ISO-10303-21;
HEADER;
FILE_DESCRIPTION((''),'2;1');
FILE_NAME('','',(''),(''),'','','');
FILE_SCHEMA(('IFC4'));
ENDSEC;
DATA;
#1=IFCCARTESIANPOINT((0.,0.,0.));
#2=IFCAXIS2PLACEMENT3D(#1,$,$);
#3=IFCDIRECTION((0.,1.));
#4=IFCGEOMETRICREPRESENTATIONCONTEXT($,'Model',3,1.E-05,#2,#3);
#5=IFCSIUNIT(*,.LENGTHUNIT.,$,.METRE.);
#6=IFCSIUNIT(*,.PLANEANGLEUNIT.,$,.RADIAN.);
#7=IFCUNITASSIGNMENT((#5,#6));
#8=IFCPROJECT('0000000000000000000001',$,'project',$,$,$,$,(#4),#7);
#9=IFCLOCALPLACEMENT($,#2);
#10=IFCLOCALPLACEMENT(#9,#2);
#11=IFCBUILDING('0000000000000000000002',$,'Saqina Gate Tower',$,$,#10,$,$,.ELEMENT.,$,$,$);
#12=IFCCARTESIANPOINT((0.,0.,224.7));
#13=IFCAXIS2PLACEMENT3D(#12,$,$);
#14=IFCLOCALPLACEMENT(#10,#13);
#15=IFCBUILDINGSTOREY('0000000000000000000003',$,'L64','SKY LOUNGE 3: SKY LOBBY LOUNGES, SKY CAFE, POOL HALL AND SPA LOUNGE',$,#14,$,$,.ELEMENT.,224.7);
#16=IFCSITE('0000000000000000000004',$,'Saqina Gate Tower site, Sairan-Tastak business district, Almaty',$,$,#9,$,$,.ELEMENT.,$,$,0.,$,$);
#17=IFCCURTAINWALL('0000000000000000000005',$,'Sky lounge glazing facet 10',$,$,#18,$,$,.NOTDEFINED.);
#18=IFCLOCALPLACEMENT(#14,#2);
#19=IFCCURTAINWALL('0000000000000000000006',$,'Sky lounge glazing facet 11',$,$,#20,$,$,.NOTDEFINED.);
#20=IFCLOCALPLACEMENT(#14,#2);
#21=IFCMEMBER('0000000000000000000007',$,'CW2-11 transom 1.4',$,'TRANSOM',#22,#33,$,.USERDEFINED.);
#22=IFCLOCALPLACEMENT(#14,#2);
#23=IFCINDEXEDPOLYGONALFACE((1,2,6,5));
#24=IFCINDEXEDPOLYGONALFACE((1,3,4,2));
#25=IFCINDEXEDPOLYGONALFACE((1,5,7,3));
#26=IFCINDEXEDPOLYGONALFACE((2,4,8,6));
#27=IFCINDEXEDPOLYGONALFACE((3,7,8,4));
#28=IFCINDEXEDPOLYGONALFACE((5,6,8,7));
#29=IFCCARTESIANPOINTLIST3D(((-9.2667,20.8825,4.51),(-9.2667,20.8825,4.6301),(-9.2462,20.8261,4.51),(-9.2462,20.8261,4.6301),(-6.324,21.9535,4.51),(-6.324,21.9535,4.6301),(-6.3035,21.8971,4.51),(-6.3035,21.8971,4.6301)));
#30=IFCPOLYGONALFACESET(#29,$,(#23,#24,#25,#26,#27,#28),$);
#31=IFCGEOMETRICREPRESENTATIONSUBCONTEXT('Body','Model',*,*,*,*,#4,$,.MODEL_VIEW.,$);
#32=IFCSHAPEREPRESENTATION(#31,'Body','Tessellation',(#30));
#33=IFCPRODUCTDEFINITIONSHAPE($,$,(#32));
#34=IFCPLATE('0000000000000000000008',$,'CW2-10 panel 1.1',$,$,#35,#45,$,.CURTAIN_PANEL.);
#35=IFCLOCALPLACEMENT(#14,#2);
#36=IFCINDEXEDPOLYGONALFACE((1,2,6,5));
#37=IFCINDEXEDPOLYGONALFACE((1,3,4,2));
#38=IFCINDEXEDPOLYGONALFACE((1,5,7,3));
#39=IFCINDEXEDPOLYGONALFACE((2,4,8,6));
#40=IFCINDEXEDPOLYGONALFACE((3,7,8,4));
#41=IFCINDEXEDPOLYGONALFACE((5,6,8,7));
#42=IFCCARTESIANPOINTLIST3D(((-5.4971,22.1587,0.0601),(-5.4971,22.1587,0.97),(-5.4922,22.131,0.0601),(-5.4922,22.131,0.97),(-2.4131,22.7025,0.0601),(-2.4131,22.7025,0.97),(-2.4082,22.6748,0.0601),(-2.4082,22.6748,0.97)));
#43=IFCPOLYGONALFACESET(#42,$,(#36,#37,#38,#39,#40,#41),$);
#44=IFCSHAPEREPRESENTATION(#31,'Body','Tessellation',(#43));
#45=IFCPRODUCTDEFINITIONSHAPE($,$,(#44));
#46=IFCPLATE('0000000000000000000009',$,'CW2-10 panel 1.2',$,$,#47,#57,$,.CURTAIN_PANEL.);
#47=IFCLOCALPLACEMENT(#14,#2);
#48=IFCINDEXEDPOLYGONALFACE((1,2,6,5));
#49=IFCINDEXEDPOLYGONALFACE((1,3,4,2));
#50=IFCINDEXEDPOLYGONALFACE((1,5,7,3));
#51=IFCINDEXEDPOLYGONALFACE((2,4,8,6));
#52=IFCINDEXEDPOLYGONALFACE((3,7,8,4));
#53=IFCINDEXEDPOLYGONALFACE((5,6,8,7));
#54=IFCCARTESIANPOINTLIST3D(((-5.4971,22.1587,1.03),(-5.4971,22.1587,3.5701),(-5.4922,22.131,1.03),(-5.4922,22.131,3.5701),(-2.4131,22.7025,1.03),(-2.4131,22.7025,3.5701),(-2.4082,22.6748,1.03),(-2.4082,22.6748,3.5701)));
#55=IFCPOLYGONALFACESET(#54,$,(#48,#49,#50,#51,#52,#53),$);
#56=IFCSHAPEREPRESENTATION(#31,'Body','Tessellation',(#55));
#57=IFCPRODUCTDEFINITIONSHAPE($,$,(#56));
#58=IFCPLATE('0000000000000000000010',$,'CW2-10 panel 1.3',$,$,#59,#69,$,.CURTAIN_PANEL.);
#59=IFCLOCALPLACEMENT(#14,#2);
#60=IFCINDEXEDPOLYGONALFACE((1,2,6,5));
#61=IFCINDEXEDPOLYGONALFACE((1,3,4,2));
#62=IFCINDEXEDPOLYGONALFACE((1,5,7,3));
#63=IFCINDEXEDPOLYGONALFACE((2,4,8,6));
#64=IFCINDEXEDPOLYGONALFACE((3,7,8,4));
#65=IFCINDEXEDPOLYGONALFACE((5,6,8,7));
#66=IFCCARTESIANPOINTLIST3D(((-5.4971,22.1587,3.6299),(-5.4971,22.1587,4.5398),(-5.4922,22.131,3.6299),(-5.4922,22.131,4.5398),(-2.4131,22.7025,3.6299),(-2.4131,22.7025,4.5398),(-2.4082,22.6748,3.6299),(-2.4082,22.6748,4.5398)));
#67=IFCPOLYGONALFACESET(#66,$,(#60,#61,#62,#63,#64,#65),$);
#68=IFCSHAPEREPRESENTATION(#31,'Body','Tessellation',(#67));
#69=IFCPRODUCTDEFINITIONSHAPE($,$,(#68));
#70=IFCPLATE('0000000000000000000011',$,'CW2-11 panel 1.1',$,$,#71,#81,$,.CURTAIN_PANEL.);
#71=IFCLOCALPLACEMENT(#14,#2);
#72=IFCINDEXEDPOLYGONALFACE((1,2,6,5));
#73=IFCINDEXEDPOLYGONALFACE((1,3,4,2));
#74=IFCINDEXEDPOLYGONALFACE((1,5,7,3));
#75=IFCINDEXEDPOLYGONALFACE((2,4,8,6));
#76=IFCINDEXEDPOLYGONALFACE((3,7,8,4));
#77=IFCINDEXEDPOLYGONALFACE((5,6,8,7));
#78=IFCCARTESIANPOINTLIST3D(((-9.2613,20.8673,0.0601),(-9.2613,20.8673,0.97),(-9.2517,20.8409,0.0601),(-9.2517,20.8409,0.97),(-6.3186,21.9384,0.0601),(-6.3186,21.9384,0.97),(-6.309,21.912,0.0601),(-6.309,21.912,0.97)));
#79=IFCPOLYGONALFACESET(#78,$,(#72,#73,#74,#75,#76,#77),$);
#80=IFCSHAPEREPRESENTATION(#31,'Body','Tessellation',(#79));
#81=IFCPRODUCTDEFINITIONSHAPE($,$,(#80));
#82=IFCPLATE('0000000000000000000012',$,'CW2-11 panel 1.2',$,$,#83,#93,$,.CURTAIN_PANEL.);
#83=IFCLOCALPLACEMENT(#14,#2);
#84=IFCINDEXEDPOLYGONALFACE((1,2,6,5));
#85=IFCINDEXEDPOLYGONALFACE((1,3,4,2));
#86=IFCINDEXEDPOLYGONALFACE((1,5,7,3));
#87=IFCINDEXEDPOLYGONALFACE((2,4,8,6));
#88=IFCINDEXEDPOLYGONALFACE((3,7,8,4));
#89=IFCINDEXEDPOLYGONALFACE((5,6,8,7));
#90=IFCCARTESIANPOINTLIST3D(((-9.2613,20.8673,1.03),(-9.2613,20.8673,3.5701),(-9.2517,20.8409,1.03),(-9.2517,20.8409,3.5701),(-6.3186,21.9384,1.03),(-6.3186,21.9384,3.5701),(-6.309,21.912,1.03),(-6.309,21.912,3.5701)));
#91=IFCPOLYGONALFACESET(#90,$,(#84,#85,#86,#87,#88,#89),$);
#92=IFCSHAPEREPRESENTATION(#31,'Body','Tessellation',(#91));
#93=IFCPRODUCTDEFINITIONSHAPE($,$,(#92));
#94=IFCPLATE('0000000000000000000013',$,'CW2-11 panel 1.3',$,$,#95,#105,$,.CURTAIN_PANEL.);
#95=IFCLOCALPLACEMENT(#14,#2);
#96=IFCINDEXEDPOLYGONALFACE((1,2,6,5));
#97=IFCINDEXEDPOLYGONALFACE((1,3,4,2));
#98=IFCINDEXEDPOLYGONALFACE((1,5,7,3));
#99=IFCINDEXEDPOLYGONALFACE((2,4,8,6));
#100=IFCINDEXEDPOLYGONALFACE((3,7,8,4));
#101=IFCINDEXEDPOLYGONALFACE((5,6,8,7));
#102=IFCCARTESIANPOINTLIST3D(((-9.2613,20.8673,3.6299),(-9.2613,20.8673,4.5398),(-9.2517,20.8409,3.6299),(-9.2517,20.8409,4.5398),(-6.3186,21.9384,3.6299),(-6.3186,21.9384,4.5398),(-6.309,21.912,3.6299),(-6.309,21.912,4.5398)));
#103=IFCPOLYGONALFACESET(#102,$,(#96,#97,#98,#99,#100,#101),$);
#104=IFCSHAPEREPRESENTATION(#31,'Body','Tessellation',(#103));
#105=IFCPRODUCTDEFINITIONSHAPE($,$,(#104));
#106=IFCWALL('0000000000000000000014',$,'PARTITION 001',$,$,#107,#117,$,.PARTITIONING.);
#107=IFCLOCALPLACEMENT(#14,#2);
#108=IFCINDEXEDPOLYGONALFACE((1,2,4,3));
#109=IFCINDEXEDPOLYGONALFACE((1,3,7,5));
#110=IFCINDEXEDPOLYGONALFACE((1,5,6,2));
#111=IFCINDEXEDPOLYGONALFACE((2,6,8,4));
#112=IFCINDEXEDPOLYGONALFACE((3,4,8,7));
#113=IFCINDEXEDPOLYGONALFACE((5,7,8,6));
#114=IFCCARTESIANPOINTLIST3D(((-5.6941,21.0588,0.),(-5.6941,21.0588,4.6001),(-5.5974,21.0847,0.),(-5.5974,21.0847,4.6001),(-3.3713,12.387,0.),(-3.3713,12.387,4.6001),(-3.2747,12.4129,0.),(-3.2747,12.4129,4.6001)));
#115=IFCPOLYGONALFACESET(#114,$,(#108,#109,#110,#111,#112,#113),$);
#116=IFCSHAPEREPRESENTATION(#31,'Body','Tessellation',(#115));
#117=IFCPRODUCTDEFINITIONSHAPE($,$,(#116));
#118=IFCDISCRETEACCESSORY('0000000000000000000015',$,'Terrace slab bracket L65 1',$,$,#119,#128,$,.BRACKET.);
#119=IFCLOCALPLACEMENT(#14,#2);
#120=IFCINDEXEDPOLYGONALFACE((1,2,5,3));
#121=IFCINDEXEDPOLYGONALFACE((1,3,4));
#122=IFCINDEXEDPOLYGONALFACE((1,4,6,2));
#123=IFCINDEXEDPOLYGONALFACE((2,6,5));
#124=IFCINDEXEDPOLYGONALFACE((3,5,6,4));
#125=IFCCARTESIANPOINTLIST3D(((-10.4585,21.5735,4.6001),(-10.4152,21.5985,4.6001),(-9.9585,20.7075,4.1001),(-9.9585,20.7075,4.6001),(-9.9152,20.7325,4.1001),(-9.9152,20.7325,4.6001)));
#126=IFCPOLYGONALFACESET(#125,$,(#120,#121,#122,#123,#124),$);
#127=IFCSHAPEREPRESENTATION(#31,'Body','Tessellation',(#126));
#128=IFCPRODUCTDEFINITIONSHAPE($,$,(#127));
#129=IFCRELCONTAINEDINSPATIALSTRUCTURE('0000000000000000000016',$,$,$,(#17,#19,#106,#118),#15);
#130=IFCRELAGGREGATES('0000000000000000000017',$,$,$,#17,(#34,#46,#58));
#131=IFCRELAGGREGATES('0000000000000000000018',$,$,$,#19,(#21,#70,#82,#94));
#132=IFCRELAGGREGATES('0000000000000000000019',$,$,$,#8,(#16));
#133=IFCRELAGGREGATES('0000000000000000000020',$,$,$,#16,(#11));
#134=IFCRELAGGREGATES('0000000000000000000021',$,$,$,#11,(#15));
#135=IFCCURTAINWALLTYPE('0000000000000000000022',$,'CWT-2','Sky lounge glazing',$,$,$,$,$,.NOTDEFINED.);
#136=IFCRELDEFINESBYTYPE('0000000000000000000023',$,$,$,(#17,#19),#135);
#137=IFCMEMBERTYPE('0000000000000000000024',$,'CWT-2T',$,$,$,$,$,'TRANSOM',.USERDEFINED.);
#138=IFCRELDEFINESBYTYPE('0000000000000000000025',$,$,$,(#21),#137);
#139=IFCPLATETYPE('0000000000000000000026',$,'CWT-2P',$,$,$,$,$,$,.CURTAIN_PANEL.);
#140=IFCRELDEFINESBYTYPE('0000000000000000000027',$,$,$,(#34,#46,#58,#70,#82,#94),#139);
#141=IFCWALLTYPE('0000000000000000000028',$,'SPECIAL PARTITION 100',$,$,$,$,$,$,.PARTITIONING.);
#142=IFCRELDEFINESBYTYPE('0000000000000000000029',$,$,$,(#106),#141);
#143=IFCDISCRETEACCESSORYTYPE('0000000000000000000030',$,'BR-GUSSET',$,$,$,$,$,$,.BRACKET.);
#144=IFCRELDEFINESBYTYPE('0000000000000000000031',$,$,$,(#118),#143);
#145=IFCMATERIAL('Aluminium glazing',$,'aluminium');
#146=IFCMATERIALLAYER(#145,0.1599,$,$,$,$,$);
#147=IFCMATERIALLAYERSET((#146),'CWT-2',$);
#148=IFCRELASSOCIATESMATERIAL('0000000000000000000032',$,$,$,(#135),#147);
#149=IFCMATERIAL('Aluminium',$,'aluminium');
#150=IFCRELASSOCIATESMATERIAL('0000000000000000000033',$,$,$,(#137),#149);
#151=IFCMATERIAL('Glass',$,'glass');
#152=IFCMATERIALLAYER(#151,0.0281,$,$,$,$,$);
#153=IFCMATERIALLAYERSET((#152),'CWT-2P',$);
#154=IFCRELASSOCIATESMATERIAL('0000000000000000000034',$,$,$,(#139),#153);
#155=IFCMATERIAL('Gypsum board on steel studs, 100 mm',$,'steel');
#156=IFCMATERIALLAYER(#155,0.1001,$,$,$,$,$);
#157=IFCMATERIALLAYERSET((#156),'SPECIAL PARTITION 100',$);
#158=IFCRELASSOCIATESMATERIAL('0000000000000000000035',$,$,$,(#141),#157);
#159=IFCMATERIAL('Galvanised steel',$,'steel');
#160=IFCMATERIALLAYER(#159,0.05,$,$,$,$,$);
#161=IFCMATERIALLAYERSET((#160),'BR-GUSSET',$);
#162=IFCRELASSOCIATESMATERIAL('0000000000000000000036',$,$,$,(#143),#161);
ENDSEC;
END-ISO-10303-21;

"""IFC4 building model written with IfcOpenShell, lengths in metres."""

from ifc_helpers import new_model, si_unit, direction, frame, frame_2d, origin, origin_2d, place, context, subcontext, project, spatial, polyline, rectangle, outline, extrude, material, layer, layer_set, material_profile, profile_set, type_object, element, aggregate, save


model = new_model("IFC4")

# Units and contexts
model_context = context("Model", 3, precision=1e-05, world=origin(), true_north=direction((0.0, 1.0)))
body_context = subcontext(model_context, "Body", "Model", "MODEL_VIEW")
ifc_project = project(units=[si_unit("LENGTHUNIT", "METRE"), si_unit("PLANEANGLEUNIT", "RADIAN")], contexts=[model_context])

# Site, building, storey
site_placement = place(None, origin())
site = spatial("IfcSite", under=ifc_project, at=site_placement, Name="Saqina Gate Tower site, Sairan-Tastak business district, Almaty", CompositionType="ELEMENT", RefElevation=0.0)
building_placement = place(site_placement, origin())
building = spatial("IfcBuilding", under=site, at=building_placement, Name="Saqina Gate Tower", CompositionType="ELEMENT")
storey_placement = place(building_placement, frame((0.0, 0.0, 224.7)))
storey = spatial("IfcBuildingStorey", under=building, at=storey_placement, Name="L64", Description="SKY LOUNGE 3: SKY LOBBY LOUNGES, SKY CAFE, POOL HALL AND SPA LOUNGE", CompositionType="ELEMENT", Elevation=224.7)

# Shared definitions
ifc_material_1 = material(Name="Aluminium glazing", Category="aluminium")
ifc_layer_1 = layer(ifc_material_1, 0.1599)
ifc_layer_set_1 = layer_set([ifc_layer_1], Name="CWT-2")
curtain_wall_type = type_object("IfcCurtainWallType", Name="CWT-2", Description="Sky lounge glazing", PredefinedType="NOTDEFINED", material=ifc_layer_set_1)

# Curtain walls
curtain_wall_1_placement = place(storey_placement, origin())
curtain_wall_1 = element("IfcCurtainWall", 1, at=curtain_wall_1_placement, inside=storey, type_object=curtain_wall_type, Name="Sky lounge glazing facet 10", PredefinedType="NOTDEFINED")
curtain_wall_2_placement = place(storey_placement, origin())
curtain_wall_2 = element("IfcCurtainWall", 2, at=curtain_wall_2_placement, inside=storey, type_object=curtain_wall_type, Name="Sky lounge glazing facet 11", PredefinedType="NOTDEFINED")

# Member
ifc_material_2 = material(Name="Aluminium", Category="aluminium")
ifc_material_profile_1 = material_profile(ifc_material_2, rectangle(XDim=0.0601, YDim=0.1201, at=origin_2d()), Name="Aluminium 60x120")
ifc_profile_set_1 = profile_set([ifc_material_profile_1], Name="Aluminium")
member_type_1 = type_object("IfcMemberType", Name="CWT-2T", ElementType="TRANSOM", PredefinedType="USERDEFINED", material=ifc_profile_set_1)
member_1_placement = place(storey_placement, frame((-6.3137, 21.9253, 4.5701), z_axis=(-0.9397, -0.342, 0.0), x_axis=(0.342, -0.9397, 0.0)))
member_1 = element("IfcMember", 3, at=member_1_placement, type_object=member_type_1, Name="CW2-11 transom 1.4", ObjectType="TRANSOM", PredefinedType="USERDEFINED", context=body_context, shape_type="SweptSolid", body=[
    extrude(rectangle(XDim=0.0601, YDim=0.1201, at=origin_2d()), origin(), (0.0, 0.0, 1.0), 3.1316),
])

# Plates
ifc_material_3 = material(Name="Glass", Category="glass")
ifc_layer_2 = layer(ifc_material_3, 0.0281)
ifc_layer_set_2 = layer_set([ifc_layer_2], Name="CWT-2P")
plate_type = type_object("IfcPlateType", Name="CWT-2P", PredefinedType="CURTAIN_PANEL", material=ifc_layer_set_2)
plate_1_placement = place(storey_placement, frame((-3.9526, 22.4167, 0.0601), z_axis=(0.0, 0.0, 1.0), x_axis=(-0.984805, -0.173663, 0.0)))
plate_1 = element("IfcPlate", 4, at=plate_1_placement, type_object=plate_type, Name="CW2-10 panel 1.1", PredefinedType="CURTAIN_PANEL", context=body_context, shape_type="SweptSolid", body=[
    extrude(rectangle(XDim=3.1316, YDim=0.0281, at=origin_2d()), origin(), (0.0, 0.0, 1.0), 0.9099),
])
plate_2_placement = place(storey_placement, frame((-3.9526, 22.4167, 1.03), z_axis=(0.0, 0.0, 1.0), x_axis=(-0.984805, -0.173663, 0.0)))
plate_2 = element("IfcPlate", 5, at=plate_2_placement, type_object=plate_type, Name="CW2-10 panel 1.2", PredefinedType="CURTAIN_PANEL", context=body_context, shape_type="SweptSolid", body=[
    extrude(rectangle(XDim=3.1316, YDim=0.0281, at=origin_2d()), origin(), (0.0, 0.0, 1.0), 2.54),
])
plate_3_placement = place(storey_placement, frame((-3.9526, 22.4167, 3.6299), z_axis=(0.0, 0.0, 1.0), x_axis=(-0.984805, -0.173663, 0.0)))
plate_3 = element("IfcPlate", 6, at=plate_3_placement, type_object=plate_type, Name="CW2-10 panel 1.3", PredefinedType="CURTAIN_PANEL", context=body_context, shape_type="SweptSolid", body=[
    extrude(rectangle(XDim=3.1316, YDim=0.0281, at=origin_2d()), origin(), (0.0, 0.0, 1.0), 0.9099),
])
aggregate(curtain_wall_1, [plate_1, plate_2, plate_3])
plate_4_placement = place(storey_placement, frame((-7.7852, 21.3896, 0.0601), z_axis=(0.0, 0.0, 1.0), x_axis=(-0.939697, -0.342007, 0.0)))
plate_4 = element("IfcPlate", 7, at=plate_4_placement, type_object=plate_type, Name="CW2-11 panel 1.1", PredefinedType="CURTAIN_PANEL", context=body_context, shape_type="SweptSolid", body=[
    extrude(rectangle(XDim=3.1316, YDim=0.0281, at=origin_2d()), origin(), (0.0, 0.0, 1.0), 0.9099),
])
plate_5_placement = place(storey_placement, frame((-7.7852, 21.3896, 1.03), z_axis=(0.0, 0.0, 1.0), x_axis=(-0.939697, -0.342007, 0.0)))
plate_5 = element("IfcPlate", 8, at=plate_5_placement, type_object=plate_type, Name="CW2-11 panel 1.2", PredefinedType="CURTAIN_PANEL", context=body_context, shape_type="SweptSolid", body=[
    extrude(rectangle(XDim=3.1316, YDim=0.0281, at=origin_2d()), origin(), (0.0, 0.0, 1.0), 2.54),
])
plate_6_placement = place(storey_placement, frame((-7.7852, 21.3896, 3.6299), z_axis=(0.0, 0.0, 1.0), x_axis=(-0.939697, -0.342007, 0.0)))
plate_6 = element("IfcPlate", 9, at=plate_6_placement, type_object=plate_type, Name="CW2-11 panel 1.3", PredefinedType="CURTAIN_PANEL", context=body_context, shape_type="SweptSolid", body=[
    extrude(rectangle(XDim=3.1316, YDim=0.0281, at=origin_2d()), origin(), (0.0, 0.0, 1.0), 0.9099),
])
aggregate(curtain_wall_2, [member_1, plate_4, plate_5, plate_6])

# Wall
ifc_material_4 = material(Name="Gypsum board on steel studs, 100 mm", Category="steel")
ifc_layer_3 = layer(ifc_material_4, 0.1001)
ifc_layer_set_3 = layer_set([ifc_layer_3], Name="SPECIAL PARTITION 100")
wall_type = type_object("IfcWallType", Name="SPECIAL PARTITION 100", PredefinedType="PARTITIONING", material=ifc_layer_set_3)
wall_placement = place(storey_placement, frame((-5.6458, 21.0718, 0.0), z_axis=(0.0, 0.0, 1.0), x_axis=(0.258729, -0.96595, 0.0)))
element("IfcWall", 10, at=wall_placement, inside=storey, type_object=wall_type, Name="PARTITION 001", PredefinedType="PARTITIONING", context=body_context, shape_type="SweptSolid", body=[
    extrude(rectangle(XDim=8.9775, YDim=0.1001, at=frame_2d((4.4888, 0.0))), origin(), (0.0, 0.0, 1.0), 4.6001),
])

# Discrete accessory
ifc_material_5 = material(Name="Galvanised steel", Category="steel")
ifc_layer_4 = layer(ifc_material_5, 0.05)
ifc_layer_set_4 = layer_set([ifc_layer_4], Name="BR-GUSSET")
discrete_accessory_type = type_object("IfcDiscreteAccessoryType", Name="BR-GUSSET", PredefinedType="BRACKET", material=ifc_layer_set_4)
discrete_accessory_placement = place(storey_placement, frame((-9.9585, 20.7075, 4.1001), z_axis=(-0.866011, -0.500025, 0.0), x_axis=(0.0, 0.0, 1.0)))
element("IfcDiscreteAccessory", 11, at=discrete_accessory_placement, inside=storey, type_object=discrete_accessory_type, Name="Terrace slab bracket L65 1", PredefinedType="BRACKET", context=body_context, shape_type="SweptSolid", body=[
    extrude(outline(polyline([(0.0, 0.0), (0.5, 0.0), (0.5, 0.9999), (0.0, 0.0)])), origin(), (0.0, 0.0, -1.0), 0.05),
])

save(model, "model.ifc")
